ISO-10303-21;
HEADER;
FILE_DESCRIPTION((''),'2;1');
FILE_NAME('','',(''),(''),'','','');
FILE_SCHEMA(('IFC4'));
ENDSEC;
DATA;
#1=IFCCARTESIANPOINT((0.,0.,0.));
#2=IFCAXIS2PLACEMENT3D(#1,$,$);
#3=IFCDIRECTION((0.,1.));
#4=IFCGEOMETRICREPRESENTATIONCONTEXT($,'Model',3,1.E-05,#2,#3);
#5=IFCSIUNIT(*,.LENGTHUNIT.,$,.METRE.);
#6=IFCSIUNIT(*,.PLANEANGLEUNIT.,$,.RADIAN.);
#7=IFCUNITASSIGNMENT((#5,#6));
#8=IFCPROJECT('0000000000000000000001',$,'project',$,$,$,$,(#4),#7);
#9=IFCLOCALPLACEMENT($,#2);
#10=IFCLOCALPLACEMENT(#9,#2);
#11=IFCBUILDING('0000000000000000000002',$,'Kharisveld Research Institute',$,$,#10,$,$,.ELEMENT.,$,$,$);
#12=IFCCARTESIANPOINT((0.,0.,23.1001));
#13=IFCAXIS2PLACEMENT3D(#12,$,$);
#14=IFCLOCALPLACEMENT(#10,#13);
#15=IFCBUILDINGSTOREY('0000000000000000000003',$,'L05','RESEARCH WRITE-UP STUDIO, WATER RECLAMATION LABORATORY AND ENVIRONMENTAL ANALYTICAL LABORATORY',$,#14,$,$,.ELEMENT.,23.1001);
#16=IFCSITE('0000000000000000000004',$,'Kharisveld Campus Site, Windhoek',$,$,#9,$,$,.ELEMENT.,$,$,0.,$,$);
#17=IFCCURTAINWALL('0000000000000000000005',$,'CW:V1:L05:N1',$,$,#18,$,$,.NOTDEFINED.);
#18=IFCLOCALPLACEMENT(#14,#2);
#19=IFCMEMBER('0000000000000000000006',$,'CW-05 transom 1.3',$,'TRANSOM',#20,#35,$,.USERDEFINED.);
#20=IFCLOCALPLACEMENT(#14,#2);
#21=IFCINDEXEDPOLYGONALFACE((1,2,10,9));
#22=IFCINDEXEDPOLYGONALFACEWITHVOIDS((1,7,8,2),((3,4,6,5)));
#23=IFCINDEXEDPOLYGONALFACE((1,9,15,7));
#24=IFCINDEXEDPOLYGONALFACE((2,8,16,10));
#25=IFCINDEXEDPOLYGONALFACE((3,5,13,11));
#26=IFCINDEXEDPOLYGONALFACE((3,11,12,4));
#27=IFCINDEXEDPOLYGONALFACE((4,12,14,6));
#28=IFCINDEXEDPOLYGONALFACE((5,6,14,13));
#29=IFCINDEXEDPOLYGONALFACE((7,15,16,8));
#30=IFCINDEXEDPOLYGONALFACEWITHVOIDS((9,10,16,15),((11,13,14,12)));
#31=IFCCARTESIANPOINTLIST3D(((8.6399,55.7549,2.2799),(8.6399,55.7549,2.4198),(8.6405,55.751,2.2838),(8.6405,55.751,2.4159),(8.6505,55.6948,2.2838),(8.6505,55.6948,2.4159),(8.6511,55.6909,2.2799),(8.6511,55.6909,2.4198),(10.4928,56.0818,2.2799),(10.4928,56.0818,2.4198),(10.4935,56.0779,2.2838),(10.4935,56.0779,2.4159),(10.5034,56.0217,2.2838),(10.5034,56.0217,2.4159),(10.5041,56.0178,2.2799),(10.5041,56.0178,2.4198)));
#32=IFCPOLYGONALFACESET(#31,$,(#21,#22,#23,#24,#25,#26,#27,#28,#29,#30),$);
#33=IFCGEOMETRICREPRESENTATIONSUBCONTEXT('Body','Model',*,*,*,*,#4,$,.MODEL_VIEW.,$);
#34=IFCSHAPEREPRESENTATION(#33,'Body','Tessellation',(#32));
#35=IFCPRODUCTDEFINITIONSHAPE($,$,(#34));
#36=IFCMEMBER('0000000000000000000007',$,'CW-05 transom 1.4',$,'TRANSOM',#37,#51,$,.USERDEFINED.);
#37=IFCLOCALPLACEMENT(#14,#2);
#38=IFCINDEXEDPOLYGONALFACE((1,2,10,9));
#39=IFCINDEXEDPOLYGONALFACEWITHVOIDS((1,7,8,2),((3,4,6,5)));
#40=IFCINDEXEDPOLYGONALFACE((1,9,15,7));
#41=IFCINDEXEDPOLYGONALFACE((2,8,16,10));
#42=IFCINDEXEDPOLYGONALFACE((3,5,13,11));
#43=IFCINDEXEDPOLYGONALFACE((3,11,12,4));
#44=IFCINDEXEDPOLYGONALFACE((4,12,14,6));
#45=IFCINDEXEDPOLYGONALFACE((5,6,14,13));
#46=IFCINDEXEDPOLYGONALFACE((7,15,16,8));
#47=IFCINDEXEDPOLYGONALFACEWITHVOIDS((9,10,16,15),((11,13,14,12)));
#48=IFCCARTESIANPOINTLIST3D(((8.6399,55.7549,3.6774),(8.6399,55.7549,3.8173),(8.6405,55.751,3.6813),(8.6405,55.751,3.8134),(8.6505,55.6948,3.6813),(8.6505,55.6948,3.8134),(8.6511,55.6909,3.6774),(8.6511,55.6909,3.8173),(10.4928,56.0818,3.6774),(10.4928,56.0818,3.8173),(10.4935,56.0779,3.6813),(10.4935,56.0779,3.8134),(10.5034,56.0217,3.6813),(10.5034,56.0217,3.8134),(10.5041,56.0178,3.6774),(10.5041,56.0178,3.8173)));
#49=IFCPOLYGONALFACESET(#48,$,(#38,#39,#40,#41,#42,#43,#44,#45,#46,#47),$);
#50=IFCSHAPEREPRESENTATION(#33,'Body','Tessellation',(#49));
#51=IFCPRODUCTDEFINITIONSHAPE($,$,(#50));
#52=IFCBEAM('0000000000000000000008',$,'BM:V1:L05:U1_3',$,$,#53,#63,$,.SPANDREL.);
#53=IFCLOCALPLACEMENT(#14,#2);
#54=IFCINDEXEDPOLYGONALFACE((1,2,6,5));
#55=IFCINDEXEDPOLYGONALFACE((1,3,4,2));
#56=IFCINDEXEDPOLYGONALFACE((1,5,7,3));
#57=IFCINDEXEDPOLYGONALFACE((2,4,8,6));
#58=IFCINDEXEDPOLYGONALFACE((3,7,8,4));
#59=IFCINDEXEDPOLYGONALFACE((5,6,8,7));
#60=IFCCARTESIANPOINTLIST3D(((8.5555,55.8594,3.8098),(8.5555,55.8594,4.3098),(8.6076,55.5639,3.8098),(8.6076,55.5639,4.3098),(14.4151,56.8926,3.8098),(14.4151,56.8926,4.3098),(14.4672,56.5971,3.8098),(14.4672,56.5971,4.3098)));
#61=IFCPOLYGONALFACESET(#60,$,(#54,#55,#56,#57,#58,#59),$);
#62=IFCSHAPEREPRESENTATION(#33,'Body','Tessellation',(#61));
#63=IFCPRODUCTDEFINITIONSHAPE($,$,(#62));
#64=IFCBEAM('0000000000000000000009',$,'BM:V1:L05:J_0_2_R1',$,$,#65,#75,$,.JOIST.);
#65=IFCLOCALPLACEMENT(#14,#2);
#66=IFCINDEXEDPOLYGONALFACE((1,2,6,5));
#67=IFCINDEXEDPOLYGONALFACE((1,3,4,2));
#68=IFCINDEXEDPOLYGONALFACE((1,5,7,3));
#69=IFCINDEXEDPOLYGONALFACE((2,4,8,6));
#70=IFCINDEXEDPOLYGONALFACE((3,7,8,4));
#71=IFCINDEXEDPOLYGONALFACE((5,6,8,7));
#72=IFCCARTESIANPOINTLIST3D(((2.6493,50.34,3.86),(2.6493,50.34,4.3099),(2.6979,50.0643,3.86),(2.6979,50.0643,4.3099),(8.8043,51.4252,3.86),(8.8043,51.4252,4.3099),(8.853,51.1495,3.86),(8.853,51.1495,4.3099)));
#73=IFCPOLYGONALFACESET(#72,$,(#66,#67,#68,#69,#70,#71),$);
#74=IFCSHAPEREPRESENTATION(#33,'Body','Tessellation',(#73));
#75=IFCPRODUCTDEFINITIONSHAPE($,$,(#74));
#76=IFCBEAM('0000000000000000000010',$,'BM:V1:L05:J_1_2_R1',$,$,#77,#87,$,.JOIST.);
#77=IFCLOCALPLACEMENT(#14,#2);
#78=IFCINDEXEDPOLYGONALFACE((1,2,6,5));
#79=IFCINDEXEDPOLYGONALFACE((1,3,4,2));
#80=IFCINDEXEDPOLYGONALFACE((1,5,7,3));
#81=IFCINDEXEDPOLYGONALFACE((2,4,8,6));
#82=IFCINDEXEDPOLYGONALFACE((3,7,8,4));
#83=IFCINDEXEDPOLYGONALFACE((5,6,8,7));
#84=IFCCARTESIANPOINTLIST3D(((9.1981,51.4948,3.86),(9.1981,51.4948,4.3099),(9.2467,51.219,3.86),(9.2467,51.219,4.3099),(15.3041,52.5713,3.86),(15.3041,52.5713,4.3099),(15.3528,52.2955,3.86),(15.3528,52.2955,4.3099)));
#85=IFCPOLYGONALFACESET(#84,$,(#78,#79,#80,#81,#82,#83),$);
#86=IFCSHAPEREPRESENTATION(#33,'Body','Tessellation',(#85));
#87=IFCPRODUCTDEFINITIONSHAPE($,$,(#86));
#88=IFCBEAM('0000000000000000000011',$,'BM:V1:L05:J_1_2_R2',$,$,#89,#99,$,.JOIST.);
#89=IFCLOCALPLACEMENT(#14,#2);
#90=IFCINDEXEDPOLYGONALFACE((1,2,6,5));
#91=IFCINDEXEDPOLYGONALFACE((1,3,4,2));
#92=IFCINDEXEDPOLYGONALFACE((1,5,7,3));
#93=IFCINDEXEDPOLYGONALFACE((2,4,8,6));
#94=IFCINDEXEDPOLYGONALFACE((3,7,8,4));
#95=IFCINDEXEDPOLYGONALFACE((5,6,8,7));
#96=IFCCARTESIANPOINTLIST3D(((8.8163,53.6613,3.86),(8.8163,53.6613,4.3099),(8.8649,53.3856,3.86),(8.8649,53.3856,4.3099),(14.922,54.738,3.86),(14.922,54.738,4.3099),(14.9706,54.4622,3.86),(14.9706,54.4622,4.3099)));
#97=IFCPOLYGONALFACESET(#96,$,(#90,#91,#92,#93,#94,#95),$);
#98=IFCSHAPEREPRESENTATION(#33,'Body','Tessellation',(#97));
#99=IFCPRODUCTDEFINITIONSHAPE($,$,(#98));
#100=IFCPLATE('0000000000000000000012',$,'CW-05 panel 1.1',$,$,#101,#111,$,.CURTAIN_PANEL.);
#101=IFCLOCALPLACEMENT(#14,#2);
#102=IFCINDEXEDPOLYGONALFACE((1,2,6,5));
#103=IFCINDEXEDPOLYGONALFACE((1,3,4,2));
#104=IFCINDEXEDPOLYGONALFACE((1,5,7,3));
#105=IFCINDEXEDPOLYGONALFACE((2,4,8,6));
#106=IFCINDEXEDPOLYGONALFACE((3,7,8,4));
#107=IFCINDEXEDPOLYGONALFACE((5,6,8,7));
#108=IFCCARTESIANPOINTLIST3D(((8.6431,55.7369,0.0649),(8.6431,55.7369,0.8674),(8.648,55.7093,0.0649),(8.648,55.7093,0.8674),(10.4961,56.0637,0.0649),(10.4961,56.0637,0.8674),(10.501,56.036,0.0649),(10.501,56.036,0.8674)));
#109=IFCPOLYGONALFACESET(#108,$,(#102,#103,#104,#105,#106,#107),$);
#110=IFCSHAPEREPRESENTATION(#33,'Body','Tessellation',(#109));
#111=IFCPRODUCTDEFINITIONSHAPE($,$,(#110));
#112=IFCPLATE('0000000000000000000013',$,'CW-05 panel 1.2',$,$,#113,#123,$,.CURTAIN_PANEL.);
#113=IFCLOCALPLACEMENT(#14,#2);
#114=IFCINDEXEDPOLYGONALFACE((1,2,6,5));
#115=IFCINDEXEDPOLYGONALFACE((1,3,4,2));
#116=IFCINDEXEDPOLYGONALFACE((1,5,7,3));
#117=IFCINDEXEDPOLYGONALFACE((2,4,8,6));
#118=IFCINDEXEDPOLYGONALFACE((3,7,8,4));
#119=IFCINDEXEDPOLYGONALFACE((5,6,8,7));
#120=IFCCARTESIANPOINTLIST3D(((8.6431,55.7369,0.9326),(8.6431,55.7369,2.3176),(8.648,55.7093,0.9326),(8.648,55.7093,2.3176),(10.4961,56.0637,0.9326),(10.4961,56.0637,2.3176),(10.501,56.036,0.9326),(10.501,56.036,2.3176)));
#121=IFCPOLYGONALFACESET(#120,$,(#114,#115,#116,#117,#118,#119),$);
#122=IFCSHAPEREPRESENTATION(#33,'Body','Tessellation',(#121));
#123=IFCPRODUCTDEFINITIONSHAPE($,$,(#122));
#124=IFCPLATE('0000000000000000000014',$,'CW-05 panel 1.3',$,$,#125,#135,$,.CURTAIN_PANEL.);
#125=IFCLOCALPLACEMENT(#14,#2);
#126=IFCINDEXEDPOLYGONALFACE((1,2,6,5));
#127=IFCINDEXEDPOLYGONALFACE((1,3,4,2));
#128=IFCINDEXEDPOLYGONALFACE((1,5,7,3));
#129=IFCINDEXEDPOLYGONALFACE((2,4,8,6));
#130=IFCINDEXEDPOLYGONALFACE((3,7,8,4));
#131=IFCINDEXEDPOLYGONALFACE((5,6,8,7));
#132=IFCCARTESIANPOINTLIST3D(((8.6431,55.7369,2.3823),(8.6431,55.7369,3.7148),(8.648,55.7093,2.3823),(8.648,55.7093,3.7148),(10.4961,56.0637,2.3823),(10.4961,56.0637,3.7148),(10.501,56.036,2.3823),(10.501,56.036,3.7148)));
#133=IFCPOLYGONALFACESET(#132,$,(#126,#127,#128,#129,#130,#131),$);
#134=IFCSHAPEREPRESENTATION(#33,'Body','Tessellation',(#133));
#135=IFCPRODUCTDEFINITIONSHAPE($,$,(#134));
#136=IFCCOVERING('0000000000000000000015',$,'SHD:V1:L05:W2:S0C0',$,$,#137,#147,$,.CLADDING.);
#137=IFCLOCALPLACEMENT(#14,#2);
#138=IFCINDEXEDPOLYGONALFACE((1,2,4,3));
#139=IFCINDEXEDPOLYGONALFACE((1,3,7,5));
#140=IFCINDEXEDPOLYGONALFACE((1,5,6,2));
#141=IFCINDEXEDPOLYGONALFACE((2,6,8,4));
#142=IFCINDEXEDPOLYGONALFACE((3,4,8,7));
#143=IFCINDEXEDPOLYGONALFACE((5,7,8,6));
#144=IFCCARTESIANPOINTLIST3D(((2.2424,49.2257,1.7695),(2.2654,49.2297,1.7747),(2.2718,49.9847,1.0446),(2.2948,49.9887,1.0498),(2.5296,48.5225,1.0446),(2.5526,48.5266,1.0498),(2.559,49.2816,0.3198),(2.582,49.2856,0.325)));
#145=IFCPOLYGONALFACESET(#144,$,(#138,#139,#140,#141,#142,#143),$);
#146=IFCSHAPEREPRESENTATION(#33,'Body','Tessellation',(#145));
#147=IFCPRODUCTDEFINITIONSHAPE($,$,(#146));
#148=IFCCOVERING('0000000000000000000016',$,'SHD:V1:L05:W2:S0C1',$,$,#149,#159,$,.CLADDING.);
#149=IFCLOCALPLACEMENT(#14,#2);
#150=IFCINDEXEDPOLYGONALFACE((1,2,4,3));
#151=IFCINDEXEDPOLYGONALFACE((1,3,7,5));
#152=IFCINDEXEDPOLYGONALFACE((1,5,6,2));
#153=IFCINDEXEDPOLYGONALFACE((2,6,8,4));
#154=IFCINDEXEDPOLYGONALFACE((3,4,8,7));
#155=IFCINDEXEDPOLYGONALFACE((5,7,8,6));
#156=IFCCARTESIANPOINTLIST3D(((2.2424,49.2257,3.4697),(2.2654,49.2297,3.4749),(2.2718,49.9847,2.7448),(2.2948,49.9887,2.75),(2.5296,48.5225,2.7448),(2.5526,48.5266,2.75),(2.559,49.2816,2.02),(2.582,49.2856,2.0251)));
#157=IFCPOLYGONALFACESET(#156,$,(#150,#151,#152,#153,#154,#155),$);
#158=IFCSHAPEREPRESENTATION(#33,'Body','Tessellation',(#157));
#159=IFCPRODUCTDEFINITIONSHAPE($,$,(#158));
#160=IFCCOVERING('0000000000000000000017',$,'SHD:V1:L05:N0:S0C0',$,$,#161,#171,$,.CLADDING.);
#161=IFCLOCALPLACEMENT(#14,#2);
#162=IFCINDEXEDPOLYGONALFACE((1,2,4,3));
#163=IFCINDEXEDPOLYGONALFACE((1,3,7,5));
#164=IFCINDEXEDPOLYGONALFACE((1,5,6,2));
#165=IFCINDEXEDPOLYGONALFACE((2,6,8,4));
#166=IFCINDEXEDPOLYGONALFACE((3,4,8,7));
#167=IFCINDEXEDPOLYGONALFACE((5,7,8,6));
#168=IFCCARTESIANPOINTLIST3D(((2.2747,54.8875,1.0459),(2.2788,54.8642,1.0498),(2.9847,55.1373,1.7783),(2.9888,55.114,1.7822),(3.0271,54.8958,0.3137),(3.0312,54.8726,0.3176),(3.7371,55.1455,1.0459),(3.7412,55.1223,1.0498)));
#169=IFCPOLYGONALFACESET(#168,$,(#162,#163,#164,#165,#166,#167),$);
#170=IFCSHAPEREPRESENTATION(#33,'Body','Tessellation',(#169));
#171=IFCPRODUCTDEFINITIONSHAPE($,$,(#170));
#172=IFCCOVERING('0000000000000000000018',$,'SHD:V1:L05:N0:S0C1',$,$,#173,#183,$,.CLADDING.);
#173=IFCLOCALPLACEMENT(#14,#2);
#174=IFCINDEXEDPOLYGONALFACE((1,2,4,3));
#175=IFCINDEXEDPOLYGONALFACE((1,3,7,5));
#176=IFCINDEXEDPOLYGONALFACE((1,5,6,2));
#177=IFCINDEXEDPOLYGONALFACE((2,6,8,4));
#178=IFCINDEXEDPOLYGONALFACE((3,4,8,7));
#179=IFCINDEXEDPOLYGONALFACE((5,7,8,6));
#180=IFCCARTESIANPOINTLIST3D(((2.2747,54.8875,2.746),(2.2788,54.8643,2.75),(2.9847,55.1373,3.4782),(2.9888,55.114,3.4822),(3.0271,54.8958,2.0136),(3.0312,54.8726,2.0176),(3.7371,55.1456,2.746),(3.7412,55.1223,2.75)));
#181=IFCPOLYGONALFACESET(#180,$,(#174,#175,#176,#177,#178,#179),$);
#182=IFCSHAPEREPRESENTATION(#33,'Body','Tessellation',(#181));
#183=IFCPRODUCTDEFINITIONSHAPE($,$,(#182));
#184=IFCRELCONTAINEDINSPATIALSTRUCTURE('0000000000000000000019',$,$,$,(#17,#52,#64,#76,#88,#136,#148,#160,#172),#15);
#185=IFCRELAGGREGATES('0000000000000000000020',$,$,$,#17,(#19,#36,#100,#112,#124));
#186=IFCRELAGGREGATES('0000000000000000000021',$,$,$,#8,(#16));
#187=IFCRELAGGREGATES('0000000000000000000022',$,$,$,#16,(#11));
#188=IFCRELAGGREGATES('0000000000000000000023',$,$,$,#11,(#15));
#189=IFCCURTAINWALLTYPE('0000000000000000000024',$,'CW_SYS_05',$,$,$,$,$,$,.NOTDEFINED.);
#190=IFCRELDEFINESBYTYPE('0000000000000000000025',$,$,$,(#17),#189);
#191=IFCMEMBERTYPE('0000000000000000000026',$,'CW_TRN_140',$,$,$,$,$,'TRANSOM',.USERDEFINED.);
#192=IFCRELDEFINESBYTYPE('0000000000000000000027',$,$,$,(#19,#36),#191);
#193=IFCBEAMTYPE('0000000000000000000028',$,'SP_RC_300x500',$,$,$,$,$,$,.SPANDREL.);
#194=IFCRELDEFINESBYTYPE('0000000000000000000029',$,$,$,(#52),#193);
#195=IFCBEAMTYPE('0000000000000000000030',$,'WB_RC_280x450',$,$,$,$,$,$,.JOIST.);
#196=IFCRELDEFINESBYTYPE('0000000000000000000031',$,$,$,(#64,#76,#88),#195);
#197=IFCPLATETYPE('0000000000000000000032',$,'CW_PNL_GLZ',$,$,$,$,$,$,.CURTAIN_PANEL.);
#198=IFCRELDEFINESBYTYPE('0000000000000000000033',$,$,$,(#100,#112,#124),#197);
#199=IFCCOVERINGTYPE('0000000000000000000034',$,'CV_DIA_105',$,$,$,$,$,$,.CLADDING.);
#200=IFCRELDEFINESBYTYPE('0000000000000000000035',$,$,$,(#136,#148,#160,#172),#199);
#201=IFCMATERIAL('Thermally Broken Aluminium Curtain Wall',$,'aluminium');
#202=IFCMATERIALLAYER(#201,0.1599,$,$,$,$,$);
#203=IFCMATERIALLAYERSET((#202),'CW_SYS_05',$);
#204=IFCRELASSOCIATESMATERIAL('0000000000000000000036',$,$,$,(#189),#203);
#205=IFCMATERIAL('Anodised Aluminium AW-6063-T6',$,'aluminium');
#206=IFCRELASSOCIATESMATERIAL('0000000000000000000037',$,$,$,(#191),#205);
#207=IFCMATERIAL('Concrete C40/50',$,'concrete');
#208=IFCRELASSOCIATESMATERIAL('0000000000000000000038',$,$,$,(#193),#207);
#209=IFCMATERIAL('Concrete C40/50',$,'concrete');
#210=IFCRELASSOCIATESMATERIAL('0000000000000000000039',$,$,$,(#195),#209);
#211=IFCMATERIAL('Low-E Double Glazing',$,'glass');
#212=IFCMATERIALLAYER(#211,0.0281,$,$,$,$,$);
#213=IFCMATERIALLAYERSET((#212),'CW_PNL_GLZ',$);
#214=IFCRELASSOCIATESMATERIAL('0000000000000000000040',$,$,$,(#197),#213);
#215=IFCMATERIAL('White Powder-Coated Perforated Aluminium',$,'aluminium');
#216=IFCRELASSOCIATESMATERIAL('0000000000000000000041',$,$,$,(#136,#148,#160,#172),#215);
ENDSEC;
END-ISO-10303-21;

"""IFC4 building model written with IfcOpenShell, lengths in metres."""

from ifc_helpers import new_model, si_unit, direction, frame, origin, origin_2d, place, context, subcontext, project, spatial, polyline, rectangle, hollow_rectangle, outline, extrude, material, layer, layer_set, material_profile, profile_set, type_object, element, aggregate, save


model = new_model("IFC4")

# Units and contexts
model_context = context("Model", 3, precision=1e-05, world=origin(), true_north=direction((0.0, 1.0)))
body_context = subcontext(model_context, "Body", "Model", "MODEL_VIEW")
ifc_project = project(units=[si_unit("LENGTHUNIT", "METRE"), si_unit("PLANEANGLEUNIT", "RADIAN")], contexts=[model_context])

# Site, building, storey
site_placement = place(None, origin())
site = spatial("IfcSite", under=ifc_project, at=site_placement, Name="Kharisveld Campus Site, Windhoek", CompositionType="ELEMENT", RefElevation=0.0)
building_placement = place(site_placement, origin())
building = spatial("IfcBuilding", under=site, at=building_placement, Name="Kharisveld Research Institute", CompositionType="ELEMENT")
storey_placement = place(building_placement, frame((0.0, 0.0, 23.1001)))
storey = spatial("IfcBuildingStorey", under=building, at=storey_placement, Name="L05", Description="RESEARCH WRITE-UP STUDIO, WATER RECLAMATION LABORATORY AND ENVIRONMENTAL ANALYTICAL LABORATORY", CompositionType="ELEMENT", Elevation=23.1001)

# Curtain wall
ifc_material_1 = material(Name="Thermally Broken Aluminium Curtain Wall", Category="aluminium")
ifc_layer_1 = layer(ifc_material_1, 0.1599)
ifc_layer_set_1 = layer_set([ifc_layer_1], Name="CW_SYS_05")
curtain_wall_type_1 = type_object("IfcCurtainWallType", Name="CW_SYS_05", PredefinedType="NOTDEFINED", material=ifc_layer_set_1)
curtain_wall_1_placement = place(storey_placement, origin())
curtain_wall_1 = element("IfcCurtainWall", 1, at=curtain_wall_1_placement, inside=storey, type_object=curtain_wall_type_1, Name="CW:V1:L05:N1", PredefinedType="NOTDEFINED")

# Members
ifc_material_2 = material(Name="Anodised Aluminium AW-6063-T6", Category="aluminium")
ifc_material_profile_1 = material_profile(ifc_material_2, hollow_rectangle(XDim=0.0649, YDim=0.1399, WallThickness=0.0039, at=origin_2d()))
ifc_profile_set_1 = profile_set([ifc_material_profile_1], Name="Anodised Aluminium AW-6063-T6")
member_type_1 = type_object("IfcMemberType", Name="CW_TRN_140", ElementType="TRANSOM", PredefinedType="USERDEFINED", material=ifc_profile_set_1)
member_1_placement = place(storey_placement, frame((8.6455, 55.7229, 2.3499), z_axis=(0.984793, 0.173734, 0.0), x_axis=(-0.173734, 0.984793, 0.0)))
member_1 = element("IfcMember", 2, at=member_1_placement, type_object=member_type_1, Name="CW-05 transom 1.3", ObjectType="TRANSOM", PredefinedType="USERDEFINED", context=body_context, shape_type="SweptSolid", body=[
    extrude(hollow_rectangle(XDim=0.0649, YDim=0.1399, WallThickness=0.0039, at=origin_2d()), origin(), (0.0, 0.0, 1.0), 1.8816),
])
member_2_placement = place(storey_placement, frame((8.6455, 55.7229, 3.7473), z_axis=(0.984793, 0.173734, 0.0), x_axis=(-0.173734, 0.984793, 0.0)))
member_2 = element("IfcMember", 3, at=member_2_placement, type_object=member_type_1, Name="CW-05 transom 1.4", ObjectType="TRANSOM", PredefinedType="USERDEFINED", context=body_context, shape_type="SweptSolid", body=[
    extrude(hollow_rectangle(XDim=0.0649, YDim=0.1399, WallThickness=0.0039, at=origin_2d()), origin(), (0.0, 0.0, 1.0), 1.8816),
])

# Beams
ifc_material_3 = material(Name="Concrete C40/50", Category="concrete")
ifc_material_profile_2 = material_profile(ifc_material_3, rectangle(XDim=0.3, YDim=0.5, at=origin_2d()))
ifc_profile_set_2 = profile_set([ifc_material_profile_2], Name="Concrete C40/50")
beam_type_1 = type_object("IfcBeamType", Name="SP_RC_300x500", PredefinedType="SPANDREL", material=ifc_profile_set_2)
beam_1_placement = place(storey_placement, frame((8.5815, 55.7117, 4.0598), z_axis=(0.984808, 0.173647, 0.0), x_axis=(-0.173647, 0.984808, 0.0)))
element("IfcBeam", 4, at=beam_1_placement, inside=storey, type_object=beam_type_1, Name="BM:V1:L05:U1_3", PredefinedType="SPANDREL", context=body_context, shape_type="SweptSolid", body=[
    extrude(rectangle(XDim=0.3, YDim=0.5, at=origin_2d()), origin(), (0.0, 0.0, 1.0), 5.95),
])
ifc_material_4 = material(Name="Concrete C40/50", Category="concrete")
ifc_material_profile_3 = material_profile(ifc_material_4, rectangle(XDim=0.28, YDim=0.45, at=origin_2d()))
ifc_profile_set_3 = profile_set([ifc_material_profile_3], Name="Concrete C40/50")
beam_type_2 = type_object("IfcBeamType", Name="WB_RC_280x450", PredefinedType="JOIST", material=ifc_profile_set_3)
beam_2_placement = place(storey_placement, frame((2.6736, 50.2021, 4.085), z_axis=(0.98481, 0.173634, 0.0), x_axis=(-0.173634, 0.98481, 0.0)))
element("IfcBeam", 5, at=beam_2_placement, inside=storey, type_object=beam_type_2, Name="BM:V1:L05:J_0_2_R1", PredefinedType="JOIST", context=body_context, shape_type="SweptSolid", body=[
    extrude(rectangle(XDim=0.28, YDim=0.45, at=origin_2d()), origin(), (0.0, 0.0, 1.0), 6.25),
])
beam_3_placement = place(storey_placement, frame((9.2224, 51.3569, 4.085), z_axis=(0.984814, 0.173612, 0.0), x_axis=(-0.173612, 0.984814, 0.0)))
element("IfcBeam", 6, at=beam_3_placement, inside=storey, type_object=beam_type_2, Name="BM:V1:L05:J_1_2_R1", PredefinedType="JOIST", context=body_context, shape_type="SweptSolid", body=[
    extrude(rectangle(XDim=0.28, YDim=0.45, at=origin_2d()), origin(), (0.0, 0.0, 1.0), 6.2002),
])
beam_4_placement = place(storey_placement, frame((8.8406, 53.5234, 4.085), z_axis=(0.984806, 0.173657, 0.0), x_axis=(-0.173657, 0.984806, 0.0)))
element("IfcBeam", 7, at=beam_4_placement, inside=storey, type_object=beam_type_2, Name="BM:V1:L05:J_1_2_R2", PredefinedType="JOIST", context=body_context, shape_type="SweptSolid", body=[
    extrude(rectangle(XDim=0.28, YDim=0.45, at=origin_2d()), origin(), (0.0, 0.0, 1.0), 6.2),
])

# Plates
ifc_material_5 = material(Name="Low-E Double Glazing", Category="glass")
ifc_layer_2 = layer(ifc_material_5, 0.0281)
ifc_layer_set_2 = layer_set([ifc_layer_2], Name="CW_PNL_GLZ")
plate_type = type_object("IfcPlateType", Name="CW_PNL_GLZ", PredefinedType="CURTAIN_PANEL", material=ifc_layer_set_2)
plate_1_placement = place(storey_placement, frame((9.572, 55.8865, 0.0649), z_axis=(0.0, 0.0, 1.0), x_axis=(0.984808, 0.173648, 0.0)))
plate_1 = element("IfcPlate", 8, at=plate_1_placement, type_object=plate_type, Name="CW-05 panel 1.1", PredefinedType="CURTAIN_PANEL", context=body_context, shape_type="SweptSolid", body=[
    extrude(rectangle(XDim=1.8816, YDim=0.0281, at=origin_2d()), origin(), (0.0, 0.0, 1.0), 0.8025),
])
plate_2_placement = place(storey_placement, frame((9.572, 55.8865, 0.9326), z_axis=(0.0, 0.0, 1.0), x_axis=(0.984808, 0.173648, 0.0)))
plate_2 = element("IfcPlate", 9, at=plate_2_placement, type_object=plate_type, Name="CW-05 panel 1.2", PredefinedType="CURTAIN_PANEL", context=body_context, shape_type="SweptSolid", body=[
    extrude(rectangle(XDim=1.8816, YDim=0.0281, at=origin_2d()), origin(), (0.0, 0.0, 1.0), 1.385),
])
plate_3_placement = place(storey_placement, frame((9.572, 55.8865, 2.3823), z_axis=(0.0, 0.0, 1.0), x_axis=(0.984808, 0.173648, 0.0)))
plate_3 = element("IfcPlate", 10, at=plate_3_placement, type_object=plate_type, Name="CW-05 panel 1.3", PredefinedType="CURTAIN_PANEL", context=body_context, shape_type="SweptSolid", body=[
    extrude(rectangle(XDim=1.8816, YDim=0.0281, at=origin_2d()), origin(), (0.0, 0.0, 1.0), 1.3325),
])
aggregate(curtain_wall_1, [member_1, member_2, plate_1, plate_2, plate_3])

# Coverings
ifc_material_6 = material(Name="White Powder-Coated Perforated Aluminium", Category="aluminium")
covering_type = type_object("IfcCoveringType", Name="CV_DIA_105", PredefinedType="CLADDING")
for number, where, z_axis, x_axis, name in (
    (11, (2.582, 49.2856, 0.325), (0.961443, 0.169525, 0.21654), (-0.273579, 0.669706, 0.690397), "SHD:V1:L05:W2:S0C0"),
    (12, (2.582, 49.2856, 2.0251), (0.961443, 0.169525, 0.21654), (-0.273579, 0.669706, 0.690397), "SHD:V1:L05:W2:S0C1"),
):
    element("IfcCovering", number, at=place(storey_placement, frame(where, z_axis=z_axis, x_axis=x_axis)), inside=storey, type_object=covering_type, material=ifc_material_6, Name=name, PredefinedType="CLADDING", context=body_context, shape_type="SweptSolid", body=[
        extrude(outline(polyline([(0.0, 0.0), (1.0499, 0.0), (1.0501, 1.05), (0.0001, 1.05), (0.0, 0.0)])), origin(), (0.0, 0.0, -1.0), 0.0239),
    ])
covering_1_placement = place(storey_placement, frame((3.0312, 54.8726, 0.3176), z_axis=(0.171391, -0.971272, 0.165096), x_axis=(0.676154, 0.237843, 0.697313)))
element("IfcCovering", 13, at=covering_1_placement, inside=storey, type_object=covering_type, material=ifc_material_6, Name="SHD:V1:L05:N0:S0C0", PredefinedType="CLADDING", context=body_context, shape_type="SweptSolid", body=[
    extrude(outline(polyline([(0.0, 0.0), (1.05, 0.0), (1.05, 1.0501), (-0.0002, 1.0499), (0.0, 0.0)])), origin(), (0.0, 0.0, -1.0), 0.0239),
])
covering_2_placement = place(storey_placement, frame((3.0312, 54.8726, 2.0176), z_axis=(0.171391, -0.971272, 0.165096), x_axis=(0.676038, 0.237842, 0.697426)))
element("IfcCovering", 14, at=covering_2_placement, inside=storey, type_object=covering_type, material=ifc_material_6, Name="SHD:V1:L05:N0:S0C1", PredefinedType="CLADDING", context=body_context, shape_type="SweptSolid", body=[
    extrude(outline(polyline([(0.0, 0.0), (1.0502, 0.0), (1.0502, 1.0499), (0.0002, 1.0501), (0.0, 0.0)])), origin(), (0.0, 0.0, -1.0), 0.0239),
])

save(model, "model.ifc")
